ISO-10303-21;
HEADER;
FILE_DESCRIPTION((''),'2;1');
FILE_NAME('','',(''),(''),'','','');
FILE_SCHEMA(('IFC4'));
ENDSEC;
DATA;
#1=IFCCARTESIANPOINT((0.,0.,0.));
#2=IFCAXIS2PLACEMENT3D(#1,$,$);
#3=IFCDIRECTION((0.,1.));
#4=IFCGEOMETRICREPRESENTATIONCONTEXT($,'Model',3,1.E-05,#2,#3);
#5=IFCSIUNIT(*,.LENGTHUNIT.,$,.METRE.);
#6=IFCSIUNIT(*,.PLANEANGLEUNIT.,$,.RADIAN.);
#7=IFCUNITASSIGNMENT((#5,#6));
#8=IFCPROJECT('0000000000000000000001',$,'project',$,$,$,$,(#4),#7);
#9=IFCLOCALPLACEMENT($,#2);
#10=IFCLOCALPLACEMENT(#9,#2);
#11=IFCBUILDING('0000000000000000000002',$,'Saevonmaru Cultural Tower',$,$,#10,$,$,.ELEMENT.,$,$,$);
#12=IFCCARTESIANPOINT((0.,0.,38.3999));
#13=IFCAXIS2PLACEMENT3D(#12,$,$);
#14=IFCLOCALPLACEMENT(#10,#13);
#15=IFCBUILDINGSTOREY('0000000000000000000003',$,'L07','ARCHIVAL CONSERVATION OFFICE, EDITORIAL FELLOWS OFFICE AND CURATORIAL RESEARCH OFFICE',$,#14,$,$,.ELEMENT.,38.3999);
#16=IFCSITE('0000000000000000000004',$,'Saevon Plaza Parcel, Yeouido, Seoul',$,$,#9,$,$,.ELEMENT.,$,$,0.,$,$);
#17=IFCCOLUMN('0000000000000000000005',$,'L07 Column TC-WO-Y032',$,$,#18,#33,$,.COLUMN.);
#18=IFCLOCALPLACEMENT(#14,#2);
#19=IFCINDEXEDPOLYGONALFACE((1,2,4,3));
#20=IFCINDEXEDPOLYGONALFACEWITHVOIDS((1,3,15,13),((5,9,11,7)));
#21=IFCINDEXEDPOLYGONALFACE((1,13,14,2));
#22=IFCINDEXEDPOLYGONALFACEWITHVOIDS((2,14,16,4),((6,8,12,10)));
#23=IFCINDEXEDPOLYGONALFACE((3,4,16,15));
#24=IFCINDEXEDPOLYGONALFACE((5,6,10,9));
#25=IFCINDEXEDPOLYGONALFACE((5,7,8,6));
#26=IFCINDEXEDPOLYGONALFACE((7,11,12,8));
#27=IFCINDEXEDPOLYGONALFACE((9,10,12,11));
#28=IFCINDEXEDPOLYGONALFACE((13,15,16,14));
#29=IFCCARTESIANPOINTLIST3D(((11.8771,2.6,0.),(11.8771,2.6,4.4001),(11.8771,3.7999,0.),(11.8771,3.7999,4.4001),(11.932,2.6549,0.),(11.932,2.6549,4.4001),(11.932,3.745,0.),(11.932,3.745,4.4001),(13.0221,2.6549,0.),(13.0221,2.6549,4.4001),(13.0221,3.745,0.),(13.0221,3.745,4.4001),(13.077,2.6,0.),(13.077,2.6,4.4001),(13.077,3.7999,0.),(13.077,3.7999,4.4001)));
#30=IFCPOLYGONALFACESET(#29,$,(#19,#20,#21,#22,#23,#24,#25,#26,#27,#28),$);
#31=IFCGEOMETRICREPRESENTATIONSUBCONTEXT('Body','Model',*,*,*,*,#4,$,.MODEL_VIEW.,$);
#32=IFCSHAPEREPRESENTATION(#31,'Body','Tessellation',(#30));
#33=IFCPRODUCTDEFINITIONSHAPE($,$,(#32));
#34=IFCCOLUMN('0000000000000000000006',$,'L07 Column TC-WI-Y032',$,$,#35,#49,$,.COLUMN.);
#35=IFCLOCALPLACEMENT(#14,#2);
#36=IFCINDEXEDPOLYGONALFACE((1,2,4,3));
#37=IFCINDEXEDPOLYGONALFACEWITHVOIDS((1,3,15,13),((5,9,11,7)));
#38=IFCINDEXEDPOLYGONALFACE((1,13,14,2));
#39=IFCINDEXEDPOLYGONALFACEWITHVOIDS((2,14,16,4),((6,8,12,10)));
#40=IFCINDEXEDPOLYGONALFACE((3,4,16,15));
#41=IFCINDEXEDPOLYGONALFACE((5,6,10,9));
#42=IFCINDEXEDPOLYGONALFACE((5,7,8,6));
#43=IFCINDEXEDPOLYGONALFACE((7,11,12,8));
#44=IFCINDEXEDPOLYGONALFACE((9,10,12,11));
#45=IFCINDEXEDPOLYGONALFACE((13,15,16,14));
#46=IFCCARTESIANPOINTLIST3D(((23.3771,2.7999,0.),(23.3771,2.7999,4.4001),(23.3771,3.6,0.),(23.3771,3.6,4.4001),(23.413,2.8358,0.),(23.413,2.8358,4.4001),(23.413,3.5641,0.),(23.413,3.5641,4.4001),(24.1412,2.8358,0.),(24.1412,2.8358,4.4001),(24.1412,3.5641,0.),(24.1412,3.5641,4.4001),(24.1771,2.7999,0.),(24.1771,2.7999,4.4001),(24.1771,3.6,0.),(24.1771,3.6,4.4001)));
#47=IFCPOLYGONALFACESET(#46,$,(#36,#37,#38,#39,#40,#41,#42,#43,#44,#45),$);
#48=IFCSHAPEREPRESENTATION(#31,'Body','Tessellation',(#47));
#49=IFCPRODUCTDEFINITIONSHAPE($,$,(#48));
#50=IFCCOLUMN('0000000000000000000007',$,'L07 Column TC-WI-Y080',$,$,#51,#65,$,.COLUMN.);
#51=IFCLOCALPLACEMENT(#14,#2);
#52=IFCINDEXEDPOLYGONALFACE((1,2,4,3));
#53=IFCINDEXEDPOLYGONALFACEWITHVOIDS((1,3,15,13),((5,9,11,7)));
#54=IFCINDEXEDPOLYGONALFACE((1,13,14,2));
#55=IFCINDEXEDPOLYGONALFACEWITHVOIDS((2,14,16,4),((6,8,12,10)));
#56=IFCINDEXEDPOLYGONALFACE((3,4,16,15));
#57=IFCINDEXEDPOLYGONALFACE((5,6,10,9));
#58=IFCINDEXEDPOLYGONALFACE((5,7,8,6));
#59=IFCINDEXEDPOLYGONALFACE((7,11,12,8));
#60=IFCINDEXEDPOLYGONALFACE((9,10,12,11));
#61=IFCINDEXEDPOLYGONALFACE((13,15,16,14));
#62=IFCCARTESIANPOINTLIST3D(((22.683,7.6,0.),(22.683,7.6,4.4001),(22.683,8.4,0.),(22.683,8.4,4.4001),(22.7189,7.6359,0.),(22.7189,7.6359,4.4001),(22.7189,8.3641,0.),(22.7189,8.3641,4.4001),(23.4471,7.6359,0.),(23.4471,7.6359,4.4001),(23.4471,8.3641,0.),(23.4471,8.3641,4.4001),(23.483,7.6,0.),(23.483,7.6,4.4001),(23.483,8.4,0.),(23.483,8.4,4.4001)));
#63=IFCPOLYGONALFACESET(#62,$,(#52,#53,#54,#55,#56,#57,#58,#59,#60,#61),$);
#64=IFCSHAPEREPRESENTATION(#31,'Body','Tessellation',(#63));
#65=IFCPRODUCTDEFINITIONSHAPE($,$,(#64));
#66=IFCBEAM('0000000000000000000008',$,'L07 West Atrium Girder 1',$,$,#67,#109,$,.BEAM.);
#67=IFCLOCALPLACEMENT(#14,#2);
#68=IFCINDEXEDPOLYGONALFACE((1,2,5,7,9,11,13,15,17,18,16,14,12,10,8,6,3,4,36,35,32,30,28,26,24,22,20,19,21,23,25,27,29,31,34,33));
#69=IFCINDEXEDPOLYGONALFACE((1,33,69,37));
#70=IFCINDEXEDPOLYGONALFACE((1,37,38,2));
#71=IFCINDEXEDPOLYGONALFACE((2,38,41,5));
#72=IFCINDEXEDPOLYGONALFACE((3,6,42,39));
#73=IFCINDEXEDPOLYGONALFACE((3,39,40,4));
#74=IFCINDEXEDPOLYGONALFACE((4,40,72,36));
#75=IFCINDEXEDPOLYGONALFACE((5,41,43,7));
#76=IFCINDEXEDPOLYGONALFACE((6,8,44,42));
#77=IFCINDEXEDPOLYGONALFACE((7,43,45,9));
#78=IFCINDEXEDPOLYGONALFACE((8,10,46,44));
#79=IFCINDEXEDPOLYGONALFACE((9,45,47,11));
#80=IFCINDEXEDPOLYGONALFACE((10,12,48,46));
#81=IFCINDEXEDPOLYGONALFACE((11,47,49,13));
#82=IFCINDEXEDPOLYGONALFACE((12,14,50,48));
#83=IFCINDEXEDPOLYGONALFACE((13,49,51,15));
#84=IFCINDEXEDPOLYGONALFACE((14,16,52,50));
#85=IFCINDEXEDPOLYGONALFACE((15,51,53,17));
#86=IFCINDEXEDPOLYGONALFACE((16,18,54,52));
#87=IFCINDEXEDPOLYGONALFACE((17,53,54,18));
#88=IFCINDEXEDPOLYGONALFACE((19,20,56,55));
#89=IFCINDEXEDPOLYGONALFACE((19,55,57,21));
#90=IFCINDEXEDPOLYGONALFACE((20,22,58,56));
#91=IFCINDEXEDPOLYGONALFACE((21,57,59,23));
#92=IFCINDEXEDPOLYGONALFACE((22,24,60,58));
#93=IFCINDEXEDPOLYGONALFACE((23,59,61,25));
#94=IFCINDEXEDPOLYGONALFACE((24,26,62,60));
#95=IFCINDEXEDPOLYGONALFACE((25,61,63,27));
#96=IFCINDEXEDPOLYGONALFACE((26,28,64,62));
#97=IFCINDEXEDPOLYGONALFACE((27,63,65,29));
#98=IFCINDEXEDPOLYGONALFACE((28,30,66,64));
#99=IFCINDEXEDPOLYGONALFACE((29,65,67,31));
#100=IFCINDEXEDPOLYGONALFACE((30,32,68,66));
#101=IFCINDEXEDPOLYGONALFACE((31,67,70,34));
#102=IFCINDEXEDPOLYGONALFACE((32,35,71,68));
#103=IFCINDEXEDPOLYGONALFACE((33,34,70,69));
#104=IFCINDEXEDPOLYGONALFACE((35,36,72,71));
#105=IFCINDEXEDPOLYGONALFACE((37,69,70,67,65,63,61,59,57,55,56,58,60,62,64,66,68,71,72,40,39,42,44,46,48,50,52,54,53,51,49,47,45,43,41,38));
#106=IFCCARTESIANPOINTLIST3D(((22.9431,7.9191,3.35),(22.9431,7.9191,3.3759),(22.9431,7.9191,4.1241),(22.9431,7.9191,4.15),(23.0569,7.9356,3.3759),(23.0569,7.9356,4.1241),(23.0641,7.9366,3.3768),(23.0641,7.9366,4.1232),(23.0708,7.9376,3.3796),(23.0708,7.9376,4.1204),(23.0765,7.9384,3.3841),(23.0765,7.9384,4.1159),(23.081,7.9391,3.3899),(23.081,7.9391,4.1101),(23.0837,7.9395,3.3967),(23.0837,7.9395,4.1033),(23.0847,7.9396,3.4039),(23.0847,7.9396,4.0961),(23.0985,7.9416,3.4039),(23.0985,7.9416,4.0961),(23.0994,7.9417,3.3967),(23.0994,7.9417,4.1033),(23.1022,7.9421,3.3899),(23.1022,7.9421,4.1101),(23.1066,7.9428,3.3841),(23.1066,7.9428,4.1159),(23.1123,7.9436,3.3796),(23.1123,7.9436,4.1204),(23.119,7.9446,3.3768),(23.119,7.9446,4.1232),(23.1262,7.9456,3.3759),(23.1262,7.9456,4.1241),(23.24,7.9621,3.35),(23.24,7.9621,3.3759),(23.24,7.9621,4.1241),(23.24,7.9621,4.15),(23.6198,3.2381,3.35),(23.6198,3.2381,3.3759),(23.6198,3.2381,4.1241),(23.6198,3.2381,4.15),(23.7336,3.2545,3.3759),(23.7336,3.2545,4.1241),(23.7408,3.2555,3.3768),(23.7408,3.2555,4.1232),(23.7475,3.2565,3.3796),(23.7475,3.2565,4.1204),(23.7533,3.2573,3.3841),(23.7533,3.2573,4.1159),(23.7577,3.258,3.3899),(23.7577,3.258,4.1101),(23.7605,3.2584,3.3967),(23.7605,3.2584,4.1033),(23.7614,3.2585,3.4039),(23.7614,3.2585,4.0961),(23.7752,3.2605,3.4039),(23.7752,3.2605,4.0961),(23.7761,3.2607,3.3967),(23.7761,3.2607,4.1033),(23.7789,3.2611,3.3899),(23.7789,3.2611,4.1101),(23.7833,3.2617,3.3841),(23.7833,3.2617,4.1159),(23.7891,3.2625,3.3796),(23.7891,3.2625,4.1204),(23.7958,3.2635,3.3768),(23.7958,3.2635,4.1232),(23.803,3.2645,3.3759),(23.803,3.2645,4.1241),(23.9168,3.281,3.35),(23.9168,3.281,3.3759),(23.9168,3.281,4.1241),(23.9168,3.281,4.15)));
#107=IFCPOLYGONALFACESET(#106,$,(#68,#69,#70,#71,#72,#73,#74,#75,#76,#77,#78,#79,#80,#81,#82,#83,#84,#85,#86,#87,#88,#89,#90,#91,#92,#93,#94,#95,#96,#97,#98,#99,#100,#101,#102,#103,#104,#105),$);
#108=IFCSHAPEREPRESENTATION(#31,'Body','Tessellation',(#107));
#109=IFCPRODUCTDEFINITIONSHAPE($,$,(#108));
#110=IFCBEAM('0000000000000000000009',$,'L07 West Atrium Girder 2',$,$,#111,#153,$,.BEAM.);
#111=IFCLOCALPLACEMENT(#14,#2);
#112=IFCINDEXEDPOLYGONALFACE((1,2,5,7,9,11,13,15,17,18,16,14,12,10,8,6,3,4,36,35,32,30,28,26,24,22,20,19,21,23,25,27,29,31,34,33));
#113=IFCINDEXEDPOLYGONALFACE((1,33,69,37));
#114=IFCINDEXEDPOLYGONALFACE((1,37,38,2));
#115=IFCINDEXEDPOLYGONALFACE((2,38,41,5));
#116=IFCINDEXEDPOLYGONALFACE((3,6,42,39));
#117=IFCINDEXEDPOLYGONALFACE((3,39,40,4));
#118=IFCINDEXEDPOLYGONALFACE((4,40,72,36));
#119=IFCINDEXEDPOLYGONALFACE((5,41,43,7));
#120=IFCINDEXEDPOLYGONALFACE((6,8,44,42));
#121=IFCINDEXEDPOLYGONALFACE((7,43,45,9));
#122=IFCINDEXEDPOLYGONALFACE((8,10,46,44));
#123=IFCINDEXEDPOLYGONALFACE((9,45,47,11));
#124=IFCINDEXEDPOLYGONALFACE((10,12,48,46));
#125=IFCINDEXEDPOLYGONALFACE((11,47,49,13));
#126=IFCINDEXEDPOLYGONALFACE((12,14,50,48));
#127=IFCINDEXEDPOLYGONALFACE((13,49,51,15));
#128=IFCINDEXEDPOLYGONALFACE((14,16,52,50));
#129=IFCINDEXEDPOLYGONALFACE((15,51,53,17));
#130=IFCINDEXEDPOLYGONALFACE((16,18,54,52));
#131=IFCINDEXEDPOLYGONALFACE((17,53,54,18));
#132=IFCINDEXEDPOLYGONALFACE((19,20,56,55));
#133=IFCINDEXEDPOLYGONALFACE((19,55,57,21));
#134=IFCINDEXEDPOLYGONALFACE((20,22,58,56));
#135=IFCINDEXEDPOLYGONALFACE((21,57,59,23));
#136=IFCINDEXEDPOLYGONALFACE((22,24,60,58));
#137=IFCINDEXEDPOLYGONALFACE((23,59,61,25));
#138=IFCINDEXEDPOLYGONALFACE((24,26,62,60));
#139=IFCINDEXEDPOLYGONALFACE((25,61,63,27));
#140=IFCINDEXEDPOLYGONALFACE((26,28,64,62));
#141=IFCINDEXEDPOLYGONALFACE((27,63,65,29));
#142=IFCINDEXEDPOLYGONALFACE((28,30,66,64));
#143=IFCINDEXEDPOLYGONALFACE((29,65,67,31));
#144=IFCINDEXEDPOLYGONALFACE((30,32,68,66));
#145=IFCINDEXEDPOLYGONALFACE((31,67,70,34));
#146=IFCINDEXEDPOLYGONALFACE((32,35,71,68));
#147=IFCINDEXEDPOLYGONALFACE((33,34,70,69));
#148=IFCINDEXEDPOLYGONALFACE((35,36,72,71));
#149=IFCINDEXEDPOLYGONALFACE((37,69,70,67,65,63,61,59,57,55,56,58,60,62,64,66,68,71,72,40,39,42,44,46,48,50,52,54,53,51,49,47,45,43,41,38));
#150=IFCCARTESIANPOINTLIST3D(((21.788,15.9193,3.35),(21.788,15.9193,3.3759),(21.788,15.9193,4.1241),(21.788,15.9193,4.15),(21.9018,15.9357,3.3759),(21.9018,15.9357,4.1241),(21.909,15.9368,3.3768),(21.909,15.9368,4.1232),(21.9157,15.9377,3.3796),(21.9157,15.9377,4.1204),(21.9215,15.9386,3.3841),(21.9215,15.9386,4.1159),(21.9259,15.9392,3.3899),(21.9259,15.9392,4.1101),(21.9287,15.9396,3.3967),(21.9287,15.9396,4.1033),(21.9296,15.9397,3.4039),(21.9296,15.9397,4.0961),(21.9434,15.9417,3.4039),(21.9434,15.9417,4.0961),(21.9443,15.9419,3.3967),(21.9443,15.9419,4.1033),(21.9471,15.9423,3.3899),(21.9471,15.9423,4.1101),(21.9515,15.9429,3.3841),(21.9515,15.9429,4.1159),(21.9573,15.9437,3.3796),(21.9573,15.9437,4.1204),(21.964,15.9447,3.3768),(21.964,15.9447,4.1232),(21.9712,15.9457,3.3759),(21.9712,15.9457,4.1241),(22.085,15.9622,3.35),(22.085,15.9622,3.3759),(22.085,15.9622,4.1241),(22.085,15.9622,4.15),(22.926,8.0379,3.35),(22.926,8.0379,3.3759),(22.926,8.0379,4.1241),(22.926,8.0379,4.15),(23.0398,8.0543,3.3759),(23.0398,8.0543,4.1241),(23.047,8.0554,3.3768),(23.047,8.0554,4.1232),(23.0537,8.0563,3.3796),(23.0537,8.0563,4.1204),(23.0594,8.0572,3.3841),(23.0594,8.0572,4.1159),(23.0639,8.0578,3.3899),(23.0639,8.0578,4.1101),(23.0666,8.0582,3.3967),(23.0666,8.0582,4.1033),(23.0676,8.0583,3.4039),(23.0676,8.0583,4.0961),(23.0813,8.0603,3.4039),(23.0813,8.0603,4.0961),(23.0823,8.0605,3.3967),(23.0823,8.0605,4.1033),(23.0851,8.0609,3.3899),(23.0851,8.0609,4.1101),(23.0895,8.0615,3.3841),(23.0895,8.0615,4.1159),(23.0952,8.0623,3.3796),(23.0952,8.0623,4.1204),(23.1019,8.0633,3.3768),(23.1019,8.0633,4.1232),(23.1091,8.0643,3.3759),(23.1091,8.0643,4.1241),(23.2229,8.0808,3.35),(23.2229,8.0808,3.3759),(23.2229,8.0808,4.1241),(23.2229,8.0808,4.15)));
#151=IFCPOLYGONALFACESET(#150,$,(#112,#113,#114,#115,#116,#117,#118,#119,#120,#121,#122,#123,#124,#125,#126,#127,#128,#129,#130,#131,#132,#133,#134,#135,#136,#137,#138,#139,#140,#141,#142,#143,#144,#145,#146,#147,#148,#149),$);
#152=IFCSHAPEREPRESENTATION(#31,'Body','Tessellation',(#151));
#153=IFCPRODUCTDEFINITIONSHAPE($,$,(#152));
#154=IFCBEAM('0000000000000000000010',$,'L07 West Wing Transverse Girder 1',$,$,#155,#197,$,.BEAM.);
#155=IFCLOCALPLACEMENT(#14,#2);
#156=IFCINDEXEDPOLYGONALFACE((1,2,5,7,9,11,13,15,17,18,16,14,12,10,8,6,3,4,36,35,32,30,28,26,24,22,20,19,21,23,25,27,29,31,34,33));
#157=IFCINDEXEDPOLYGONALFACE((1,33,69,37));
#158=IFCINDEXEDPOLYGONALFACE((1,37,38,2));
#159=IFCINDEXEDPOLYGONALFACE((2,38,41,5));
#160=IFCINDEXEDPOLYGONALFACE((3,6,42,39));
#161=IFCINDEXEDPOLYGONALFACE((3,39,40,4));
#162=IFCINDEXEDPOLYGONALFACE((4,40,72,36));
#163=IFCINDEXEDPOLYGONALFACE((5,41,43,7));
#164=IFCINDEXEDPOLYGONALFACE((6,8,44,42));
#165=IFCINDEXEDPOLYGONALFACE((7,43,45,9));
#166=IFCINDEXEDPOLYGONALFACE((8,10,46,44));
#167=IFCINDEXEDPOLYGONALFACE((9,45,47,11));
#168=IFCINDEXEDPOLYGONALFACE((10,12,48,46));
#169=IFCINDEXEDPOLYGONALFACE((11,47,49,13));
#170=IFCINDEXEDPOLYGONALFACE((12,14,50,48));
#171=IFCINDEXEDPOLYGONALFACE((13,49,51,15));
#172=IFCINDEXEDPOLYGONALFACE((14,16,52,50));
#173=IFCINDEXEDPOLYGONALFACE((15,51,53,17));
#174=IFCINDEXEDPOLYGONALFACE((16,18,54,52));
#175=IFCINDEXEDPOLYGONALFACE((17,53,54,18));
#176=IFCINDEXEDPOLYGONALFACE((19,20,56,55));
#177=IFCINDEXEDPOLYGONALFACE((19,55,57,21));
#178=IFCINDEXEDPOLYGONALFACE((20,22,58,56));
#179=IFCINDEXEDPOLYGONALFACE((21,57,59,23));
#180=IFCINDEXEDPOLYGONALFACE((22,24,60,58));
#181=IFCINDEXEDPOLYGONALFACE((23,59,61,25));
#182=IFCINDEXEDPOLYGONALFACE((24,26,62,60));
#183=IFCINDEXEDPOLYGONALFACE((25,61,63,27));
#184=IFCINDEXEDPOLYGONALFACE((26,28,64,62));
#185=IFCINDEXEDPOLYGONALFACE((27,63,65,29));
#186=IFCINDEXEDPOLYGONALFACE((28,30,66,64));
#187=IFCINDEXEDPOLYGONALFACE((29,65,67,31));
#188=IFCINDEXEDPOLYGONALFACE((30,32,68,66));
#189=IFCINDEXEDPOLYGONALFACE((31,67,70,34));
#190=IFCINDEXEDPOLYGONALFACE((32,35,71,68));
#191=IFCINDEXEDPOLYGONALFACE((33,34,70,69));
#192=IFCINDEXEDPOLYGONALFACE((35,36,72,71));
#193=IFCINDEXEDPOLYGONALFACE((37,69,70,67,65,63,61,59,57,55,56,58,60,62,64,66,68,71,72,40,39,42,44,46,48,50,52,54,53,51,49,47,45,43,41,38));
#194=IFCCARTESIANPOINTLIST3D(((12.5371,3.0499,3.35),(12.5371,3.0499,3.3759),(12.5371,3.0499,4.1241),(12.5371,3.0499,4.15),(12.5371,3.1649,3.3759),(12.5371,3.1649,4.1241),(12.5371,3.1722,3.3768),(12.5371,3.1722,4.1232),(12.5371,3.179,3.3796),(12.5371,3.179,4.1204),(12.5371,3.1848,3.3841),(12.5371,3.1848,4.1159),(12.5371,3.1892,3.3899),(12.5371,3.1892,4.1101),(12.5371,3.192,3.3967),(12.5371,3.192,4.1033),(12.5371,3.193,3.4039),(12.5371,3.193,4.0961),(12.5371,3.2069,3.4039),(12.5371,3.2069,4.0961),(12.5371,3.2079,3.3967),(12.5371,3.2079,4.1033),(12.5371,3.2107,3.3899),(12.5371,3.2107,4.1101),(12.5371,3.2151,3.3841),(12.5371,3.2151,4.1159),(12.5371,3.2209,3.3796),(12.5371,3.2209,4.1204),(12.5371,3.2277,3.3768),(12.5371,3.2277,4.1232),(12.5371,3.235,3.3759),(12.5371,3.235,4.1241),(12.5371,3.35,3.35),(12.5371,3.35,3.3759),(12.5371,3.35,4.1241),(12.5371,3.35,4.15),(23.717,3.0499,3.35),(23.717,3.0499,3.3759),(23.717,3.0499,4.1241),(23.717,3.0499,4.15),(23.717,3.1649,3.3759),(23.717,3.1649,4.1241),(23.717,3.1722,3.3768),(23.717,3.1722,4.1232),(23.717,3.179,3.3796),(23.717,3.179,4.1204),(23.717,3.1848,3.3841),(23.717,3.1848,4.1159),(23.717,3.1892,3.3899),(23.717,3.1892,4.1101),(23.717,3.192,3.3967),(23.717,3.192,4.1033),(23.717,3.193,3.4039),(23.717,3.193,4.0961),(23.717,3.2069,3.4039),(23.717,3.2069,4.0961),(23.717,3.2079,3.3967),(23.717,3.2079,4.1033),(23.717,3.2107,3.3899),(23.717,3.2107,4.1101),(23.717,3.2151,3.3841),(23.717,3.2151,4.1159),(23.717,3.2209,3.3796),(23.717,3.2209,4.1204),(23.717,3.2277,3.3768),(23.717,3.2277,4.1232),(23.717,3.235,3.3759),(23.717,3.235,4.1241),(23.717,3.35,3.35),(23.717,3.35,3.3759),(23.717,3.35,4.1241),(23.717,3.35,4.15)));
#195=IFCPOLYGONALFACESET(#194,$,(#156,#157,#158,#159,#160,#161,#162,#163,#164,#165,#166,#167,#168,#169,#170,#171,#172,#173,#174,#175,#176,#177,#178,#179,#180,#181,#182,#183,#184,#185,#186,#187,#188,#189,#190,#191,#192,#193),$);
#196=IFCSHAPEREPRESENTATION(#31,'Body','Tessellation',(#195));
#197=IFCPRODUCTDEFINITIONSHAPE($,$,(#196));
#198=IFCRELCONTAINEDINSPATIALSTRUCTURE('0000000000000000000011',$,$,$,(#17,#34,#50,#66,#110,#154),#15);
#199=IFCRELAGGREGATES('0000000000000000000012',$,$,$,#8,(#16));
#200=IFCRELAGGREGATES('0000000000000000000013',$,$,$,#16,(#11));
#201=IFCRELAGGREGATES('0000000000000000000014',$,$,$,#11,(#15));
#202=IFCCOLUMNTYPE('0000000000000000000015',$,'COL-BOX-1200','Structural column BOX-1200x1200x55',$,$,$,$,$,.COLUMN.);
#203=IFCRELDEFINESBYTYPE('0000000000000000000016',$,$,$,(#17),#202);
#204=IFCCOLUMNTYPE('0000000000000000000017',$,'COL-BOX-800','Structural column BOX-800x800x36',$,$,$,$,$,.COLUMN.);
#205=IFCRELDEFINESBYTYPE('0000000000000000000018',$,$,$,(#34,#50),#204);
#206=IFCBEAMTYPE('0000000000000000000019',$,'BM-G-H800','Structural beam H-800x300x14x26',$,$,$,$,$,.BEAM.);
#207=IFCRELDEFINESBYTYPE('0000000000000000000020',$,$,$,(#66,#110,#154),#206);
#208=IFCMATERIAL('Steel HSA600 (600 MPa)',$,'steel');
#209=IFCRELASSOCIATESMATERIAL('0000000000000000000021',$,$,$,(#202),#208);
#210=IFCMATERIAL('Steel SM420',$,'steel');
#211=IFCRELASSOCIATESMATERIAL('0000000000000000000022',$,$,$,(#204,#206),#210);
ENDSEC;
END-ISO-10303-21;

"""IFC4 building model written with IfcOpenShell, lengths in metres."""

from ifc_helpers import new_model, si_unit, direction, frame, origin, origin_2d, place, context, subcontext, project, spatial, hollow_rectangle, i_section, extrude, material, material_profile, profile_set, type_object, element, save


model = new_model("IFC4")

# Units and contexts
model_context = context("Model", 3, precision=1e-05, world=origin(), true_north=direction((0.0, 1.0)))
body_context = subcontext(model_context, "Body", "Model", "MODEL_VIEW")
ifc_project = project(units=[si_unit("LENGTHUNIT", "METRE"), si_unit("PLANEANGLEUNIT", "RADIAN")], contexts=[model_context])

# Site, building, storey
site_placement = place(None, origin())
site = spatial("IfcSite", under=ifc_project, at=site_placement, Name="Saevon Plaza Parcel, Yeouido, Seoul", CompositionType="ELEMENT", RefElevation=0.0)
building_placement = place(site_placement, origin())
building = spatial("IfcBuilding", under=site, at=building_placement, Name="Saevonmaru Cultural Tower", CompositionType="ELEMENT")
storey_placement = place(building_placement, frame((0.0, 0.0, 38.3999)))
storey = spatial("IfcBuildingStorey", under=building, at=storey_placement, Name="L07", Description="ARCHIVAL CONSERVATION OFFICE, EDITORIAL FELLOWS OFFICE AND CURATORIAL RESEARCH OFFICE", CompositionType="ELEMENT", Elevation=38.3999)

# Columns
ifc_material_1 = material(Name="Steel HSA600 (600 MPa)", Category="steel")
ifc_material_profile_1 = material_profile(ifc_material_1, hollow_rectangle(XDim=1.2, YDim=1.2, WallThickness=0.0549, at=origin_2d()), Name="BOX-1200x1200x55")
ifc_profile_set_1 = profile_set([ifc_material_profile_1], Name="Steel HSA600 (600 MPa)")
column_type_1 = type_object("IfcColumnType", Name="COL-BOX-1200", Description="Structural column BOX-1200x1200x55", PredefinedType="COLUMN", material=ifc_profile_set_1)
column_placement = place(storey_placement, frame((12.4771, 3.2, 0.0), z_axis=(0.0, 0.0, 1.0), x_axis=(1.0, 0.0, 0.0)))
element("IfcColumn", 1, at=column_placement, inside=storey, type_object=column_type_1, Name="L07 Column TC-WO-Y032", PredefinedType="COLUMN", context=body_context, shape_type="SweptSolid", body=[
    extrude(hollow_rectangle(XDim=1.2, YDim=1.2, WallThickness=0.0549, at=origin_2d()), origin(), (0.0, 0.0, 1.0), 4.4001),
])
ifc_material_2 = material(Name="Steel SM420", Category="steel")
ifc_material_profile_2 = material_profile(ifc_material_2, hollow_rectangle(XDim=0.8, YDim=0.8, WallThickness=0.0359, at=origin_2d()), Name="BOX-800x800x36")
ifc_profile_set_2 = profile_set([ifc_material_profile_2], Name="Steel SM420")
column_type_2 = type_object("IfcColumnType", Name="COL-BOX-800", Description="Structural column BOX-800x800x36", PredefinedType="COLUMN", material=ifc_profile_set_2)
for number, where, z_axis, x_axis, name in (
    (2, (23.7771, 3.2, 0.0), (0.0, 0.0, 1.0), (1.0, 0.0, 0.0), "L07 Column TC-WI-Y032"),
    (3, (23.083, 8.0, 0.0), (0.0, 0.0, 1.0), (1.0, 0.0, 0.0), "L07 Column TC-WI-Y080"),
):
    element("IfcColumn", number, at=place(storey_placement, frame(where, z_axis=z_axis, x_axis=x_axis)), inside=storey, type_object=column_type_2, Name=name, PredefinedType="COLUMN", context=body_context, shape_type="SweptSolid", body=[
        extrude(hollow_rectangle(XDim=0.8, YDim=0.8, WallThickness=0.0359, at=origin_2d()), origin(), (0.0, 0.0, 1.0), 4.4001),
    ])

# Beams
ifc_material_profile_3 = material_profile(ifc_material_2, i_section(OverallWidth=0.3, OverallDepth=0.8, WebThickness=0.0139, FlangeThickness=0.0259, FilletRadius=0.0281, at=origin_2d()), Name="H-800x300x14x26")
ifc_profile_set_3 = profile_set([ifc_material_profile_3], Name="Steel SM420")
beam_type_1 = type_object("IfcBeamType", Name="BM-G-H800", Description="Structural beam H-800x300x14x26", PredefinedType="BEAM", material=ifc_profile_set_3)
beam_1_placement = place(storey_placement, frame((23.7683, 3.2595, 3.75), z_axis=(-0.143083, 0.989711, 0.0), x_axis=(-0.989711, -0.143083, 0.0)))
element("IfcBeam", 4, at=beam_1_placement, inside=storey, type_object=beam_type_1, Name="L07 West Atrium Girder 1", PredefinedType="BEAM", context=body_context, shape_type="SweptSolid", body=[
    extrude(i_section(OverallWidth=0.3, OverallDepth=0.8, WebThickness=0.0139, FlangeThickness=0.0259, FilletRadius=0.0281, at=origin_2d()), origin(), (0.0, 0.0, 1.0), 4.7297),
])
beam_2_placement = place(storey_placement, frame((23.0745, 8.0593, 3.75), z_axis=(-0.142902, 0.989737, 0.0), x_axis=(-0.989737, -0.142902, 0.0)))
element("IfcBeam", 5, at=beam_2_placement, inside=storey, type_object=beam_type_1, Name="L07 West Atrium Girder 2", PredefinedType="BEAM", context=body_context, shape_type="SweptSolid", body=[
    extrude(i_section(OverallWidth=0.3, OverallDepth=0.8, WebThickness=0.0139, FlangeThickness=0.0259, FilletRadius=0.0281, at=origin_2d()), origin(), (0.0, 0.0, 1.0), 7.9631),
])
beam_3_placement = place(storey_placement, frame((12.5371, 3.2, 3.75), z_axis=(1.0, 0.0, 0.0), x_axis=(0.0, 1.0, 0.0)))
element("IfcBeam", 6, at=beam_3_placement, inside=storey, type_object=beam_type_1, Name="L07 West Wing Transverse Girder 1", PredefinedType="BEAM", context=body_context, shape_type="SweptSolid", body=[
    extrude(i_section(OverallWidth=0.3, OverallDepth=0.8, WebThickness=0.0139, FlangeThickness=0.0259, FilletRadius=0.0281, at=origin_2d()), origin(), (0.0, 0.0, 1.0), 11.1799),
])

save(model, "model.ifc")
